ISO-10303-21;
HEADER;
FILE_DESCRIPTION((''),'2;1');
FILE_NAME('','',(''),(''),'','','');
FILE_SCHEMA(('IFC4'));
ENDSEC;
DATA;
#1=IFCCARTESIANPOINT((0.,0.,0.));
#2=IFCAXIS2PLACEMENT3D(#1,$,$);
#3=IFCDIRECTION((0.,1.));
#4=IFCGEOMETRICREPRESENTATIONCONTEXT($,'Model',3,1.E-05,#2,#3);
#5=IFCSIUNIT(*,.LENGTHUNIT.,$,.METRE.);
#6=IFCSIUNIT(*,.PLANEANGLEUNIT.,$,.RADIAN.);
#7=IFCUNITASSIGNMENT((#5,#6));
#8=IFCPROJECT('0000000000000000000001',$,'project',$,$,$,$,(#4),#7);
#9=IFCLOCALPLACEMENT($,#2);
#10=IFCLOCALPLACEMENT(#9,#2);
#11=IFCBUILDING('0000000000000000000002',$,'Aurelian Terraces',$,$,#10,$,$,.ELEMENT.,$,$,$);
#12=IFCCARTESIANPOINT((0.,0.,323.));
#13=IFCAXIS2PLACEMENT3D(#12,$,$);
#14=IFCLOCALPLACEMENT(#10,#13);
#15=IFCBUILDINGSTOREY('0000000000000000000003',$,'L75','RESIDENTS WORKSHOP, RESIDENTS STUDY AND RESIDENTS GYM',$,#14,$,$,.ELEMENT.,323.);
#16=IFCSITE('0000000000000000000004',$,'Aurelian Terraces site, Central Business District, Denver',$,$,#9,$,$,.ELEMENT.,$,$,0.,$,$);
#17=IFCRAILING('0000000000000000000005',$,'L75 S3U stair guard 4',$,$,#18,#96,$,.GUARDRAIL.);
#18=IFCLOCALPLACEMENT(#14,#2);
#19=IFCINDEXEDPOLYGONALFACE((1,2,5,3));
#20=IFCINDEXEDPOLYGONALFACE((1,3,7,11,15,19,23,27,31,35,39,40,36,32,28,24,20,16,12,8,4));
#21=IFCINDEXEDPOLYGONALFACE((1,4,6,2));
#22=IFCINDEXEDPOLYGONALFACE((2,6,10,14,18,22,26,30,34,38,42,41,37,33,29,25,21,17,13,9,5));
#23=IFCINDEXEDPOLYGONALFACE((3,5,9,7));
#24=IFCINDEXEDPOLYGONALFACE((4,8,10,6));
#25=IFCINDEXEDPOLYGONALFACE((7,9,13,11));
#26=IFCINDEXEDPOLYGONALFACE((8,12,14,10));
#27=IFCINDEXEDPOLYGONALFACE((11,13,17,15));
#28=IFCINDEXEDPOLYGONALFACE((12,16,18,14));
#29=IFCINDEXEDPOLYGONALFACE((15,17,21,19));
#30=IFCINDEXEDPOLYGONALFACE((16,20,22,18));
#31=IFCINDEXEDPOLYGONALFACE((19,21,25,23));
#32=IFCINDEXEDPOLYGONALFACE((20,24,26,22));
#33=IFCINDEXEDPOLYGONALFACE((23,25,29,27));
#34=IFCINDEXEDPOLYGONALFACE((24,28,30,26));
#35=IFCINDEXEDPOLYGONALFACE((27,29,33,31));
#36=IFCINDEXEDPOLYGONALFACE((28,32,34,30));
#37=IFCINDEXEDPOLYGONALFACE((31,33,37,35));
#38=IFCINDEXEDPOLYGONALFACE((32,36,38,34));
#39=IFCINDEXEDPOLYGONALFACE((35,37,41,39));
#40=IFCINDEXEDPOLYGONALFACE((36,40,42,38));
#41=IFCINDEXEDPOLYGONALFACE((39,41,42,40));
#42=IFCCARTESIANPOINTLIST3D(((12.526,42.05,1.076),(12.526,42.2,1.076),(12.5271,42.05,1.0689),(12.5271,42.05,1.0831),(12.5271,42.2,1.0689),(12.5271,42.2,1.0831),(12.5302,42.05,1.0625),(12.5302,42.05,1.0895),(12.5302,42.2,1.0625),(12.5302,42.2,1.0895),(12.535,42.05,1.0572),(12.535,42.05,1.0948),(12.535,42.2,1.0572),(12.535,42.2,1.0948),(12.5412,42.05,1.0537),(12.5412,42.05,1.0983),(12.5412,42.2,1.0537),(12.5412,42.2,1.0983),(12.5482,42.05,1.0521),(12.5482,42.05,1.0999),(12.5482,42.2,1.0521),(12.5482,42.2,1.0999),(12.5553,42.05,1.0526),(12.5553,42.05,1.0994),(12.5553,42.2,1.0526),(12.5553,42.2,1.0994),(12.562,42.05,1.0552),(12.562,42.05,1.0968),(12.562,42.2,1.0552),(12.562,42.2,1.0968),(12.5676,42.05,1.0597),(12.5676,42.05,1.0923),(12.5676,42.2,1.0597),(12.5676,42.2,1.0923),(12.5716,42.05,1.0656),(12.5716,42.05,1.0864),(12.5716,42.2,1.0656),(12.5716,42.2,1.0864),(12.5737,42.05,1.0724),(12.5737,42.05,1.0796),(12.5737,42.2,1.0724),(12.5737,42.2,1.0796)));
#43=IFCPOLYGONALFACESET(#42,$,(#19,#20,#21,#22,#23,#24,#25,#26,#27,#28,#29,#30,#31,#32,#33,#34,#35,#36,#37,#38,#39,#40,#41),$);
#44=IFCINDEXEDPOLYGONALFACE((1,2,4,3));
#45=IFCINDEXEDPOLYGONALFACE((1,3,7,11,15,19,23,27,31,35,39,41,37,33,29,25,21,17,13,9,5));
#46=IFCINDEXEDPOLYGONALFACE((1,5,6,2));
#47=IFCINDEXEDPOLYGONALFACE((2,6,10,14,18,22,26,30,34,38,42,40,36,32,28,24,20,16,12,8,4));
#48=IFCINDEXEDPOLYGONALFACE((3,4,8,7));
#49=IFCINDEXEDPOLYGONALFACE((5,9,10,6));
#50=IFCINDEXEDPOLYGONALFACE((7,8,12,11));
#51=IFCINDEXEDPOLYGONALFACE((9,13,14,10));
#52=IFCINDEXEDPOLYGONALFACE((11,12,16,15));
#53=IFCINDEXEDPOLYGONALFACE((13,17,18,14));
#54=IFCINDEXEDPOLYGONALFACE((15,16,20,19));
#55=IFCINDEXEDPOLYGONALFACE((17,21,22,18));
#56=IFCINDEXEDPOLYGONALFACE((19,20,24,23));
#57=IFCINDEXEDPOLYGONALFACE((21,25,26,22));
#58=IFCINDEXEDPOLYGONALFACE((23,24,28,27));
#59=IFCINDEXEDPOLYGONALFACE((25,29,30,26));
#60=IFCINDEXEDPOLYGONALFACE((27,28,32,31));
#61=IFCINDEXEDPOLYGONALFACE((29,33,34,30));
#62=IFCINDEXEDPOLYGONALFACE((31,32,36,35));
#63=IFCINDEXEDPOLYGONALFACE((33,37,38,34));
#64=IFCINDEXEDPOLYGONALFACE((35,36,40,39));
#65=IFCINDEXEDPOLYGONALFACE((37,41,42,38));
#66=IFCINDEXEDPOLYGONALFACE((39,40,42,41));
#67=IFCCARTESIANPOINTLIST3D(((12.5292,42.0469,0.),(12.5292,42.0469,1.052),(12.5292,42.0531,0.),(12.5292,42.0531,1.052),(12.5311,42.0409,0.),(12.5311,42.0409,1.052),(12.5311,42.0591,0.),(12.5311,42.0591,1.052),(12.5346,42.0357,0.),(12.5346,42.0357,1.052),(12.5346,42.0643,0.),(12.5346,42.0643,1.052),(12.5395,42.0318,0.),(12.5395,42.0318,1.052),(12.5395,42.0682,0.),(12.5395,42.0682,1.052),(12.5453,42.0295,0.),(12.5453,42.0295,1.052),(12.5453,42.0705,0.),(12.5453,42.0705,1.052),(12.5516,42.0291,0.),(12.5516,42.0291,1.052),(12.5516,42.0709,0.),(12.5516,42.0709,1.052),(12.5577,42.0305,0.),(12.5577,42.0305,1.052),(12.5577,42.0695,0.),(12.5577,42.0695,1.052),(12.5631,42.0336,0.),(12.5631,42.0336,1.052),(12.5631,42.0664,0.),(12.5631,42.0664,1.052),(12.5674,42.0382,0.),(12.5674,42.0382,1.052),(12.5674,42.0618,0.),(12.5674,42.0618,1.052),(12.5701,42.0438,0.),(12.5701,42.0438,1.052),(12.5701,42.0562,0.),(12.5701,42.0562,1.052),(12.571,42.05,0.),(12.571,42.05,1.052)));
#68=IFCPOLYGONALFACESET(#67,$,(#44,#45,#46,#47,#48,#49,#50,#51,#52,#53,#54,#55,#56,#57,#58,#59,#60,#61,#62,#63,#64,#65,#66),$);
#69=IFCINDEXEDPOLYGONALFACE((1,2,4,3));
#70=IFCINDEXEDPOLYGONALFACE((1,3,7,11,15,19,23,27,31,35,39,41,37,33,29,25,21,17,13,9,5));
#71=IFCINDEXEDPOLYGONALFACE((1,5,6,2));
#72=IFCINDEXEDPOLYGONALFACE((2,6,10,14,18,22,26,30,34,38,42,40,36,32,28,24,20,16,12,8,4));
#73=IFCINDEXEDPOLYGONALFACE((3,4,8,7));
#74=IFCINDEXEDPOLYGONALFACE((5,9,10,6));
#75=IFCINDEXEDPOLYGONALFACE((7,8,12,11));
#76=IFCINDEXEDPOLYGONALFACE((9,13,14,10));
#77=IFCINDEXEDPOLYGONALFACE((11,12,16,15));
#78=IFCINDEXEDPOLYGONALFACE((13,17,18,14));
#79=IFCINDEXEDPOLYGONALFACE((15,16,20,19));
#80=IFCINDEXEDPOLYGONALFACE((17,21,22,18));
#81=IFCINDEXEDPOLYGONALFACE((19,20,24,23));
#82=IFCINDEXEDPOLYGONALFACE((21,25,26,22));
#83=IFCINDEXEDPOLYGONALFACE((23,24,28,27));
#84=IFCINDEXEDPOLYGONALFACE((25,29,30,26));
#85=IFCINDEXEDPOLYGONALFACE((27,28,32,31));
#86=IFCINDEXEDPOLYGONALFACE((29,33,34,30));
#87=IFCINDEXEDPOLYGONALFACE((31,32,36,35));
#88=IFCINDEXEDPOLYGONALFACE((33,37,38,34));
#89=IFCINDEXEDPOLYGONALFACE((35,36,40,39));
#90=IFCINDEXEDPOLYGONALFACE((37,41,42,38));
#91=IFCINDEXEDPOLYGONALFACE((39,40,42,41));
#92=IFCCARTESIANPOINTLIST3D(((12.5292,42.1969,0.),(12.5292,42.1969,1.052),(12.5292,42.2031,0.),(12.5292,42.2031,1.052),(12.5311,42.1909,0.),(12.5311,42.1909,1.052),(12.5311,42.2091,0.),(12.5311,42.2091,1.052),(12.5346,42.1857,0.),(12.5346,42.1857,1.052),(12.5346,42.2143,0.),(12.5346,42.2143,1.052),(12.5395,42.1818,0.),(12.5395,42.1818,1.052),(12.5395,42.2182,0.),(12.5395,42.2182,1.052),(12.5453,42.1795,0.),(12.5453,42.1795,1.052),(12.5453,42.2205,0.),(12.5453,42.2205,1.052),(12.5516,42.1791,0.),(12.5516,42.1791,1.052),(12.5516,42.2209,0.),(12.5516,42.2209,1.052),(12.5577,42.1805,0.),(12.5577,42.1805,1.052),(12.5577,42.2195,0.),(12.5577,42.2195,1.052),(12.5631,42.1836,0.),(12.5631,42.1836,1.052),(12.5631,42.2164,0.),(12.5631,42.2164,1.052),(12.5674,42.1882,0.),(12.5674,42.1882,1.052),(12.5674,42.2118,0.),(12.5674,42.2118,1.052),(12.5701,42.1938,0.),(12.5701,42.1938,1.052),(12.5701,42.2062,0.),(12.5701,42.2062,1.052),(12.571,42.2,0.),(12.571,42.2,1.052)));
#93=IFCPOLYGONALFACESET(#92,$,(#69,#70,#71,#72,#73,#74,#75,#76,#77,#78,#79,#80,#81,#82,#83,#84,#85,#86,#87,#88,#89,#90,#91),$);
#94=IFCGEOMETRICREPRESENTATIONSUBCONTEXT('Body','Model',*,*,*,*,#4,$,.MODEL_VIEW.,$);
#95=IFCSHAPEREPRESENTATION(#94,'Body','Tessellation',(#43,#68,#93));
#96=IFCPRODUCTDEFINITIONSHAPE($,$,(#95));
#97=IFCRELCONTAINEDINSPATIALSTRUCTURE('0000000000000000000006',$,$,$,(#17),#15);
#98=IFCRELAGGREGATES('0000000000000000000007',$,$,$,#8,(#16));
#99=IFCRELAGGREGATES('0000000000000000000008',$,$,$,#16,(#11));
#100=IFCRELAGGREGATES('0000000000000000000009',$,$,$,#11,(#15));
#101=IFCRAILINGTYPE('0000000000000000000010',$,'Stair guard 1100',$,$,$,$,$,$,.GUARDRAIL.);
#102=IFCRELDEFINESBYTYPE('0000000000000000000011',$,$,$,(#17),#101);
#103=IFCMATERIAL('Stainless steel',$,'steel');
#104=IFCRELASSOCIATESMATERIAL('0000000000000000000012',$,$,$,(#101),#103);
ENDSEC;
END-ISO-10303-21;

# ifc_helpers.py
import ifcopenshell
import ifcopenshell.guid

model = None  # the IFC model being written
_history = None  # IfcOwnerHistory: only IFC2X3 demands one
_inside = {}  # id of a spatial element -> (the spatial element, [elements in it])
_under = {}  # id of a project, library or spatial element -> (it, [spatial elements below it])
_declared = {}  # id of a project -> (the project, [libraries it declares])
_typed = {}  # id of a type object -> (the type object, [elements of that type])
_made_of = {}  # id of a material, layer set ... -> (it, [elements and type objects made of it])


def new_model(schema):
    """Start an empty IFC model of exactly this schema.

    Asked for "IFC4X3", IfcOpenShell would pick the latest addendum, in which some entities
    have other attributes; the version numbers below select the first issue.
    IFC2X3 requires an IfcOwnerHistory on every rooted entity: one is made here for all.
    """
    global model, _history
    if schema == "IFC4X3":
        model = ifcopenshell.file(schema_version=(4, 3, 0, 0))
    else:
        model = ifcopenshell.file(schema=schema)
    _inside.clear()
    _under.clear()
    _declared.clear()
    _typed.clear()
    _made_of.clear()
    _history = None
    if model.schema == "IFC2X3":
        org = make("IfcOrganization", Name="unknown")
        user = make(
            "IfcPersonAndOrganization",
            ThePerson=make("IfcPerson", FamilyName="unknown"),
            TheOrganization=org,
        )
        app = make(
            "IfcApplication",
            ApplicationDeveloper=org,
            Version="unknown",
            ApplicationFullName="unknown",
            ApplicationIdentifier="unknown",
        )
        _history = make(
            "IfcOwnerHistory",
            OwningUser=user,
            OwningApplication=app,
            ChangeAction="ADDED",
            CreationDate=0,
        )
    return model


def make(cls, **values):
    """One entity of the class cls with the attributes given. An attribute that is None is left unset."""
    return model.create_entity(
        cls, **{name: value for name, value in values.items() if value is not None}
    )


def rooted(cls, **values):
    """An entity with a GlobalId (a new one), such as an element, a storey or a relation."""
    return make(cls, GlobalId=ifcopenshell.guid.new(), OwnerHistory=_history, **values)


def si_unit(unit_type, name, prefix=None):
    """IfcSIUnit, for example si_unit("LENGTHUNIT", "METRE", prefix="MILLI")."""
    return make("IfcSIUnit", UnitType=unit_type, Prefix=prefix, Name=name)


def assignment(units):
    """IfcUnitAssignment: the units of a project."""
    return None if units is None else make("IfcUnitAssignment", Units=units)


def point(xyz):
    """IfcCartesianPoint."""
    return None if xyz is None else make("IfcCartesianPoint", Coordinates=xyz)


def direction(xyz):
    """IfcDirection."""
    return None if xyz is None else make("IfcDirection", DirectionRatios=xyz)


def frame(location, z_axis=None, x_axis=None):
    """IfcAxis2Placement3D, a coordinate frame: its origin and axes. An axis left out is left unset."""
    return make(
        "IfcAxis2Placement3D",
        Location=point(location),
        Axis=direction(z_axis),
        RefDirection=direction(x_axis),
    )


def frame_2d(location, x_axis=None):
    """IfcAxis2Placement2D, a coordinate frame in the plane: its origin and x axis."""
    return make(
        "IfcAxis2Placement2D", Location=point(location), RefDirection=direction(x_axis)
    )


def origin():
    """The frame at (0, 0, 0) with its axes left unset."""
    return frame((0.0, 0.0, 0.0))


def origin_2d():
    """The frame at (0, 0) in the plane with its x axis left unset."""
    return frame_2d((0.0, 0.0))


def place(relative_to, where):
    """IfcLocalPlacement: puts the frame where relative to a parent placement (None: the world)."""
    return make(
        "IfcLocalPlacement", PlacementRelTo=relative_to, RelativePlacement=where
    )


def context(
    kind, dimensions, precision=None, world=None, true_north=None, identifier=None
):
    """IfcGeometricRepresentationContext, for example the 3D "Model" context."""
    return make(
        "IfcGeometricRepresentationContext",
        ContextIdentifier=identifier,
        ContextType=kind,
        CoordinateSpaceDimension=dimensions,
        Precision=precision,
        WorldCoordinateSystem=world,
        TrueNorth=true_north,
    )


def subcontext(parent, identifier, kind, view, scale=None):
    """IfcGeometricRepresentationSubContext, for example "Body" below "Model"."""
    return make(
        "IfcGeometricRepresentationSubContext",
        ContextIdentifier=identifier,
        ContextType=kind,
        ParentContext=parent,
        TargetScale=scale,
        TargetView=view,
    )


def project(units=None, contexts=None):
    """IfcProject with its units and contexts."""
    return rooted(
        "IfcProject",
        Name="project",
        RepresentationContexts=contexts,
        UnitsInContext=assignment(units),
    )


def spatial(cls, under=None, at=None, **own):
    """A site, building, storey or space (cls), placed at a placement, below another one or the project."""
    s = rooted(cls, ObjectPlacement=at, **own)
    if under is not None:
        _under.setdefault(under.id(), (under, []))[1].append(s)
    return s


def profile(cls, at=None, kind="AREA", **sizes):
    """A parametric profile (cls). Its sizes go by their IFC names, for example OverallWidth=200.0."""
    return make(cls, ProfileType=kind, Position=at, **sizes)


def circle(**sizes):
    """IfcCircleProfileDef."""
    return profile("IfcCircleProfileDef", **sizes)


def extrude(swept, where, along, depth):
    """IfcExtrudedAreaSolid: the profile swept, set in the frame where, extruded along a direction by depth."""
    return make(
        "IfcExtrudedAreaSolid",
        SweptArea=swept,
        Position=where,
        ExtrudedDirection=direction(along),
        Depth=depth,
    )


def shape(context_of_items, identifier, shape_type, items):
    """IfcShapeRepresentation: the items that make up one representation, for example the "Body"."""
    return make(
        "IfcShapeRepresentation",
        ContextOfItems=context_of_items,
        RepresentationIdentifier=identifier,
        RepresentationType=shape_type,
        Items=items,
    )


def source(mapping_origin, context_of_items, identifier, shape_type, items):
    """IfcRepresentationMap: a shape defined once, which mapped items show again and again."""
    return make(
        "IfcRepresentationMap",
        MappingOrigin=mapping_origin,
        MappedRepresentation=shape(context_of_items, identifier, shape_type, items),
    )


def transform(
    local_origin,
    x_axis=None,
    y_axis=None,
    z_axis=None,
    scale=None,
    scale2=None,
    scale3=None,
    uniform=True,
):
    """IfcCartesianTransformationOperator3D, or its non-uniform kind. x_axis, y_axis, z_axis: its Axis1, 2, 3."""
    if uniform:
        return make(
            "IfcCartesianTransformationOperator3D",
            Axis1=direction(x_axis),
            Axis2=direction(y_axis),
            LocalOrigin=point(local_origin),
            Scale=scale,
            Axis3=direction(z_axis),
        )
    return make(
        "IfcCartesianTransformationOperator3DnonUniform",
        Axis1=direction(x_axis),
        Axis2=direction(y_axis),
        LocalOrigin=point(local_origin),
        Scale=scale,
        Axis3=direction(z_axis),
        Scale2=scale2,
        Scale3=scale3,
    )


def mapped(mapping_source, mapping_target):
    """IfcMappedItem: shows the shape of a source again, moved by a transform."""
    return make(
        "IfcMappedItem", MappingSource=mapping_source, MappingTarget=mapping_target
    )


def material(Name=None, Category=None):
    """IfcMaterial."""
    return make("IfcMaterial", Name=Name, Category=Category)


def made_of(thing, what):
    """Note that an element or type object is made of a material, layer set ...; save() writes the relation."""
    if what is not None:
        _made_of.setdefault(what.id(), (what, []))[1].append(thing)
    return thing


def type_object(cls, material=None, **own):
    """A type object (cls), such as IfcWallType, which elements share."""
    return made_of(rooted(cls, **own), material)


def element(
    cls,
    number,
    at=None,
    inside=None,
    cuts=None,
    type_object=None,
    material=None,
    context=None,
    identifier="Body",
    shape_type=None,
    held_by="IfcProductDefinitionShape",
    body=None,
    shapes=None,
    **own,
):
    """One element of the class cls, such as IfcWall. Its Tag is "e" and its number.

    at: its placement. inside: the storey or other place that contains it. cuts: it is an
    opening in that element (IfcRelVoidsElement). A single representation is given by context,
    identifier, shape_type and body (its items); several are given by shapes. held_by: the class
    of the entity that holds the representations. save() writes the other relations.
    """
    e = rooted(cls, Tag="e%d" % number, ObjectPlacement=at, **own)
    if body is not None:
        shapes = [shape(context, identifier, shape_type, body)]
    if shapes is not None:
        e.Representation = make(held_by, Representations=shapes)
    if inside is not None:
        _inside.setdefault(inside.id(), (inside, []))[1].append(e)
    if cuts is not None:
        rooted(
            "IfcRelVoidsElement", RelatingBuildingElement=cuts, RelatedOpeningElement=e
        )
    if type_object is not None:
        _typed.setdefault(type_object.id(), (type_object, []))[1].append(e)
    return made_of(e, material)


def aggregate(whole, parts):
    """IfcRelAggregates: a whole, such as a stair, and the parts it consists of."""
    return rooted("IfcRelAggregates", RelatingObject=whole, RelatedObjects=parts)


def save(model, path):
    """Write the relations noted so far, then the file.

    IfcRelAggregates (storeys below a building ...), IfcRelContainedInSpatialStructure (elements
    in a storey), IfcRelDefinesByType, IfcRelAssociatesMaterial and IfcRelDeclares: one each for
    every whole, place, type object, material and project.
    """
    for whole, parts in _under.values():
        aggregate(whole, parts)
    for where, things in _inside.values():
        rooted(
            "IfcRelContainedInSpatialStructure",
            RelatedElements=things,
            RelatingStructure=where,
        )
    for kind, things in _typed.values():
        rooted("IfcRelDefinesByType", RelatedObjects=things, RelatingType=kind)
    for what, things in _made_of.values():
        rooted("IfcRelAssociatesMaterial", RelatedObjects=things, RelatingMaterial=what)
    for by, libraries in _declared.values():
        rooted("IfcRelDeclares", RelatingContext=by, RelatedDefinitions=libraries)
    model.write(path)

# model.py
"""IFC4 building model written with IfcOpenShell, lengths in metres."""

from ifc_helpers import new_model, si_unit, direction, frame, origin, origin_2d, place, context, subcontext, project, spatial, circle, extrude, source, transform, mapped, material, type_object, element, save


model = new_model("IFC4")

# Units and contexts
model_context = context("Model", 3, precision=1e-05, world=origin(), true_north=direction((0.0, 1.0)))
body_context = subcontext(model_context, "Body", "Model", "MODEL_VIEW")
ifc_project = project(units=[si_unit("LENGTHUNIT", "METRE"), si_unit("PLANEANGLEUNIT", "RADIAN")], contexts=[model_context])

# Site, building, storey
site_placement = place(None, origin())
site = spatial("IfcSite", under=ifc_project, at=site_placement, Name="Aurelian Terraces site, Central Business District, Denver", CompositionType="ELEMENT", RefElevation=0.0)
building_placement = place(site_placement, origin())
building = spatial("IfcBuilding", under=site, at=building_placement, Name="Aurelian Terraces", CompositionType="ELEMENT")
storey_placement = place(building_placement, frame((0.0, 0.0, 323.0)))
storey = spatial("IfcBuildingStorey", under=building, at=storey_placement, Name="L75", Description="RESIDENTS WORKSHOP, RESIDENTS STUDY AND RESIDENTS GYM", CompositionType="ELEMENT", Elevation=323.0)

# Railing
ifc_material_1 = material(Name="Stainless steel", Category="steel")
railing_type_1 = type_object("IfcRailingType", Name="Stair guard 1100", PredefinedType="GUARDRAIL", material=ifc_material_1)
shared_shape_1 = source(origin(), body_context, "Body", "SweptSolid", [
    extrude(circle(Radius=0.024, at=origin_2d()), frame((0.0, 0.0, 1.076), z_axis=(0.0, 1.0, 0.0), x_axis=(-1.0, 0.0, 0.0)), (0.0, 0.0, 1.0), 0.15),
    extrude(circle(Radius=0.021, at=origin_2d()), origin(), (0.0, 0.0, 1.0), 1.052),
    extrude(circle(Radius=0.021, at=origin_2d()), frame((0.0, 0.15, 0.0)), (0.0, 0.0, 1.0), 1.052),
])
for number, where, name in (
    (1, (12.55, 42.05, 0.0), "L75 S3U stair guard 4"),
):
    element("IfcRailing", number, at=place(storey_placement, frame(where)), inside=storey, type_object=railing_type_1, Name=name, PredefinedType="GUARDRAIL", context=body_context, shape_type="MappedRepresentation", body=[
        mapped(shared_shape_1, transform((0.0, 0.0, 0.0), scale=1.0)),
    ])

save(model, "model.ifc")
